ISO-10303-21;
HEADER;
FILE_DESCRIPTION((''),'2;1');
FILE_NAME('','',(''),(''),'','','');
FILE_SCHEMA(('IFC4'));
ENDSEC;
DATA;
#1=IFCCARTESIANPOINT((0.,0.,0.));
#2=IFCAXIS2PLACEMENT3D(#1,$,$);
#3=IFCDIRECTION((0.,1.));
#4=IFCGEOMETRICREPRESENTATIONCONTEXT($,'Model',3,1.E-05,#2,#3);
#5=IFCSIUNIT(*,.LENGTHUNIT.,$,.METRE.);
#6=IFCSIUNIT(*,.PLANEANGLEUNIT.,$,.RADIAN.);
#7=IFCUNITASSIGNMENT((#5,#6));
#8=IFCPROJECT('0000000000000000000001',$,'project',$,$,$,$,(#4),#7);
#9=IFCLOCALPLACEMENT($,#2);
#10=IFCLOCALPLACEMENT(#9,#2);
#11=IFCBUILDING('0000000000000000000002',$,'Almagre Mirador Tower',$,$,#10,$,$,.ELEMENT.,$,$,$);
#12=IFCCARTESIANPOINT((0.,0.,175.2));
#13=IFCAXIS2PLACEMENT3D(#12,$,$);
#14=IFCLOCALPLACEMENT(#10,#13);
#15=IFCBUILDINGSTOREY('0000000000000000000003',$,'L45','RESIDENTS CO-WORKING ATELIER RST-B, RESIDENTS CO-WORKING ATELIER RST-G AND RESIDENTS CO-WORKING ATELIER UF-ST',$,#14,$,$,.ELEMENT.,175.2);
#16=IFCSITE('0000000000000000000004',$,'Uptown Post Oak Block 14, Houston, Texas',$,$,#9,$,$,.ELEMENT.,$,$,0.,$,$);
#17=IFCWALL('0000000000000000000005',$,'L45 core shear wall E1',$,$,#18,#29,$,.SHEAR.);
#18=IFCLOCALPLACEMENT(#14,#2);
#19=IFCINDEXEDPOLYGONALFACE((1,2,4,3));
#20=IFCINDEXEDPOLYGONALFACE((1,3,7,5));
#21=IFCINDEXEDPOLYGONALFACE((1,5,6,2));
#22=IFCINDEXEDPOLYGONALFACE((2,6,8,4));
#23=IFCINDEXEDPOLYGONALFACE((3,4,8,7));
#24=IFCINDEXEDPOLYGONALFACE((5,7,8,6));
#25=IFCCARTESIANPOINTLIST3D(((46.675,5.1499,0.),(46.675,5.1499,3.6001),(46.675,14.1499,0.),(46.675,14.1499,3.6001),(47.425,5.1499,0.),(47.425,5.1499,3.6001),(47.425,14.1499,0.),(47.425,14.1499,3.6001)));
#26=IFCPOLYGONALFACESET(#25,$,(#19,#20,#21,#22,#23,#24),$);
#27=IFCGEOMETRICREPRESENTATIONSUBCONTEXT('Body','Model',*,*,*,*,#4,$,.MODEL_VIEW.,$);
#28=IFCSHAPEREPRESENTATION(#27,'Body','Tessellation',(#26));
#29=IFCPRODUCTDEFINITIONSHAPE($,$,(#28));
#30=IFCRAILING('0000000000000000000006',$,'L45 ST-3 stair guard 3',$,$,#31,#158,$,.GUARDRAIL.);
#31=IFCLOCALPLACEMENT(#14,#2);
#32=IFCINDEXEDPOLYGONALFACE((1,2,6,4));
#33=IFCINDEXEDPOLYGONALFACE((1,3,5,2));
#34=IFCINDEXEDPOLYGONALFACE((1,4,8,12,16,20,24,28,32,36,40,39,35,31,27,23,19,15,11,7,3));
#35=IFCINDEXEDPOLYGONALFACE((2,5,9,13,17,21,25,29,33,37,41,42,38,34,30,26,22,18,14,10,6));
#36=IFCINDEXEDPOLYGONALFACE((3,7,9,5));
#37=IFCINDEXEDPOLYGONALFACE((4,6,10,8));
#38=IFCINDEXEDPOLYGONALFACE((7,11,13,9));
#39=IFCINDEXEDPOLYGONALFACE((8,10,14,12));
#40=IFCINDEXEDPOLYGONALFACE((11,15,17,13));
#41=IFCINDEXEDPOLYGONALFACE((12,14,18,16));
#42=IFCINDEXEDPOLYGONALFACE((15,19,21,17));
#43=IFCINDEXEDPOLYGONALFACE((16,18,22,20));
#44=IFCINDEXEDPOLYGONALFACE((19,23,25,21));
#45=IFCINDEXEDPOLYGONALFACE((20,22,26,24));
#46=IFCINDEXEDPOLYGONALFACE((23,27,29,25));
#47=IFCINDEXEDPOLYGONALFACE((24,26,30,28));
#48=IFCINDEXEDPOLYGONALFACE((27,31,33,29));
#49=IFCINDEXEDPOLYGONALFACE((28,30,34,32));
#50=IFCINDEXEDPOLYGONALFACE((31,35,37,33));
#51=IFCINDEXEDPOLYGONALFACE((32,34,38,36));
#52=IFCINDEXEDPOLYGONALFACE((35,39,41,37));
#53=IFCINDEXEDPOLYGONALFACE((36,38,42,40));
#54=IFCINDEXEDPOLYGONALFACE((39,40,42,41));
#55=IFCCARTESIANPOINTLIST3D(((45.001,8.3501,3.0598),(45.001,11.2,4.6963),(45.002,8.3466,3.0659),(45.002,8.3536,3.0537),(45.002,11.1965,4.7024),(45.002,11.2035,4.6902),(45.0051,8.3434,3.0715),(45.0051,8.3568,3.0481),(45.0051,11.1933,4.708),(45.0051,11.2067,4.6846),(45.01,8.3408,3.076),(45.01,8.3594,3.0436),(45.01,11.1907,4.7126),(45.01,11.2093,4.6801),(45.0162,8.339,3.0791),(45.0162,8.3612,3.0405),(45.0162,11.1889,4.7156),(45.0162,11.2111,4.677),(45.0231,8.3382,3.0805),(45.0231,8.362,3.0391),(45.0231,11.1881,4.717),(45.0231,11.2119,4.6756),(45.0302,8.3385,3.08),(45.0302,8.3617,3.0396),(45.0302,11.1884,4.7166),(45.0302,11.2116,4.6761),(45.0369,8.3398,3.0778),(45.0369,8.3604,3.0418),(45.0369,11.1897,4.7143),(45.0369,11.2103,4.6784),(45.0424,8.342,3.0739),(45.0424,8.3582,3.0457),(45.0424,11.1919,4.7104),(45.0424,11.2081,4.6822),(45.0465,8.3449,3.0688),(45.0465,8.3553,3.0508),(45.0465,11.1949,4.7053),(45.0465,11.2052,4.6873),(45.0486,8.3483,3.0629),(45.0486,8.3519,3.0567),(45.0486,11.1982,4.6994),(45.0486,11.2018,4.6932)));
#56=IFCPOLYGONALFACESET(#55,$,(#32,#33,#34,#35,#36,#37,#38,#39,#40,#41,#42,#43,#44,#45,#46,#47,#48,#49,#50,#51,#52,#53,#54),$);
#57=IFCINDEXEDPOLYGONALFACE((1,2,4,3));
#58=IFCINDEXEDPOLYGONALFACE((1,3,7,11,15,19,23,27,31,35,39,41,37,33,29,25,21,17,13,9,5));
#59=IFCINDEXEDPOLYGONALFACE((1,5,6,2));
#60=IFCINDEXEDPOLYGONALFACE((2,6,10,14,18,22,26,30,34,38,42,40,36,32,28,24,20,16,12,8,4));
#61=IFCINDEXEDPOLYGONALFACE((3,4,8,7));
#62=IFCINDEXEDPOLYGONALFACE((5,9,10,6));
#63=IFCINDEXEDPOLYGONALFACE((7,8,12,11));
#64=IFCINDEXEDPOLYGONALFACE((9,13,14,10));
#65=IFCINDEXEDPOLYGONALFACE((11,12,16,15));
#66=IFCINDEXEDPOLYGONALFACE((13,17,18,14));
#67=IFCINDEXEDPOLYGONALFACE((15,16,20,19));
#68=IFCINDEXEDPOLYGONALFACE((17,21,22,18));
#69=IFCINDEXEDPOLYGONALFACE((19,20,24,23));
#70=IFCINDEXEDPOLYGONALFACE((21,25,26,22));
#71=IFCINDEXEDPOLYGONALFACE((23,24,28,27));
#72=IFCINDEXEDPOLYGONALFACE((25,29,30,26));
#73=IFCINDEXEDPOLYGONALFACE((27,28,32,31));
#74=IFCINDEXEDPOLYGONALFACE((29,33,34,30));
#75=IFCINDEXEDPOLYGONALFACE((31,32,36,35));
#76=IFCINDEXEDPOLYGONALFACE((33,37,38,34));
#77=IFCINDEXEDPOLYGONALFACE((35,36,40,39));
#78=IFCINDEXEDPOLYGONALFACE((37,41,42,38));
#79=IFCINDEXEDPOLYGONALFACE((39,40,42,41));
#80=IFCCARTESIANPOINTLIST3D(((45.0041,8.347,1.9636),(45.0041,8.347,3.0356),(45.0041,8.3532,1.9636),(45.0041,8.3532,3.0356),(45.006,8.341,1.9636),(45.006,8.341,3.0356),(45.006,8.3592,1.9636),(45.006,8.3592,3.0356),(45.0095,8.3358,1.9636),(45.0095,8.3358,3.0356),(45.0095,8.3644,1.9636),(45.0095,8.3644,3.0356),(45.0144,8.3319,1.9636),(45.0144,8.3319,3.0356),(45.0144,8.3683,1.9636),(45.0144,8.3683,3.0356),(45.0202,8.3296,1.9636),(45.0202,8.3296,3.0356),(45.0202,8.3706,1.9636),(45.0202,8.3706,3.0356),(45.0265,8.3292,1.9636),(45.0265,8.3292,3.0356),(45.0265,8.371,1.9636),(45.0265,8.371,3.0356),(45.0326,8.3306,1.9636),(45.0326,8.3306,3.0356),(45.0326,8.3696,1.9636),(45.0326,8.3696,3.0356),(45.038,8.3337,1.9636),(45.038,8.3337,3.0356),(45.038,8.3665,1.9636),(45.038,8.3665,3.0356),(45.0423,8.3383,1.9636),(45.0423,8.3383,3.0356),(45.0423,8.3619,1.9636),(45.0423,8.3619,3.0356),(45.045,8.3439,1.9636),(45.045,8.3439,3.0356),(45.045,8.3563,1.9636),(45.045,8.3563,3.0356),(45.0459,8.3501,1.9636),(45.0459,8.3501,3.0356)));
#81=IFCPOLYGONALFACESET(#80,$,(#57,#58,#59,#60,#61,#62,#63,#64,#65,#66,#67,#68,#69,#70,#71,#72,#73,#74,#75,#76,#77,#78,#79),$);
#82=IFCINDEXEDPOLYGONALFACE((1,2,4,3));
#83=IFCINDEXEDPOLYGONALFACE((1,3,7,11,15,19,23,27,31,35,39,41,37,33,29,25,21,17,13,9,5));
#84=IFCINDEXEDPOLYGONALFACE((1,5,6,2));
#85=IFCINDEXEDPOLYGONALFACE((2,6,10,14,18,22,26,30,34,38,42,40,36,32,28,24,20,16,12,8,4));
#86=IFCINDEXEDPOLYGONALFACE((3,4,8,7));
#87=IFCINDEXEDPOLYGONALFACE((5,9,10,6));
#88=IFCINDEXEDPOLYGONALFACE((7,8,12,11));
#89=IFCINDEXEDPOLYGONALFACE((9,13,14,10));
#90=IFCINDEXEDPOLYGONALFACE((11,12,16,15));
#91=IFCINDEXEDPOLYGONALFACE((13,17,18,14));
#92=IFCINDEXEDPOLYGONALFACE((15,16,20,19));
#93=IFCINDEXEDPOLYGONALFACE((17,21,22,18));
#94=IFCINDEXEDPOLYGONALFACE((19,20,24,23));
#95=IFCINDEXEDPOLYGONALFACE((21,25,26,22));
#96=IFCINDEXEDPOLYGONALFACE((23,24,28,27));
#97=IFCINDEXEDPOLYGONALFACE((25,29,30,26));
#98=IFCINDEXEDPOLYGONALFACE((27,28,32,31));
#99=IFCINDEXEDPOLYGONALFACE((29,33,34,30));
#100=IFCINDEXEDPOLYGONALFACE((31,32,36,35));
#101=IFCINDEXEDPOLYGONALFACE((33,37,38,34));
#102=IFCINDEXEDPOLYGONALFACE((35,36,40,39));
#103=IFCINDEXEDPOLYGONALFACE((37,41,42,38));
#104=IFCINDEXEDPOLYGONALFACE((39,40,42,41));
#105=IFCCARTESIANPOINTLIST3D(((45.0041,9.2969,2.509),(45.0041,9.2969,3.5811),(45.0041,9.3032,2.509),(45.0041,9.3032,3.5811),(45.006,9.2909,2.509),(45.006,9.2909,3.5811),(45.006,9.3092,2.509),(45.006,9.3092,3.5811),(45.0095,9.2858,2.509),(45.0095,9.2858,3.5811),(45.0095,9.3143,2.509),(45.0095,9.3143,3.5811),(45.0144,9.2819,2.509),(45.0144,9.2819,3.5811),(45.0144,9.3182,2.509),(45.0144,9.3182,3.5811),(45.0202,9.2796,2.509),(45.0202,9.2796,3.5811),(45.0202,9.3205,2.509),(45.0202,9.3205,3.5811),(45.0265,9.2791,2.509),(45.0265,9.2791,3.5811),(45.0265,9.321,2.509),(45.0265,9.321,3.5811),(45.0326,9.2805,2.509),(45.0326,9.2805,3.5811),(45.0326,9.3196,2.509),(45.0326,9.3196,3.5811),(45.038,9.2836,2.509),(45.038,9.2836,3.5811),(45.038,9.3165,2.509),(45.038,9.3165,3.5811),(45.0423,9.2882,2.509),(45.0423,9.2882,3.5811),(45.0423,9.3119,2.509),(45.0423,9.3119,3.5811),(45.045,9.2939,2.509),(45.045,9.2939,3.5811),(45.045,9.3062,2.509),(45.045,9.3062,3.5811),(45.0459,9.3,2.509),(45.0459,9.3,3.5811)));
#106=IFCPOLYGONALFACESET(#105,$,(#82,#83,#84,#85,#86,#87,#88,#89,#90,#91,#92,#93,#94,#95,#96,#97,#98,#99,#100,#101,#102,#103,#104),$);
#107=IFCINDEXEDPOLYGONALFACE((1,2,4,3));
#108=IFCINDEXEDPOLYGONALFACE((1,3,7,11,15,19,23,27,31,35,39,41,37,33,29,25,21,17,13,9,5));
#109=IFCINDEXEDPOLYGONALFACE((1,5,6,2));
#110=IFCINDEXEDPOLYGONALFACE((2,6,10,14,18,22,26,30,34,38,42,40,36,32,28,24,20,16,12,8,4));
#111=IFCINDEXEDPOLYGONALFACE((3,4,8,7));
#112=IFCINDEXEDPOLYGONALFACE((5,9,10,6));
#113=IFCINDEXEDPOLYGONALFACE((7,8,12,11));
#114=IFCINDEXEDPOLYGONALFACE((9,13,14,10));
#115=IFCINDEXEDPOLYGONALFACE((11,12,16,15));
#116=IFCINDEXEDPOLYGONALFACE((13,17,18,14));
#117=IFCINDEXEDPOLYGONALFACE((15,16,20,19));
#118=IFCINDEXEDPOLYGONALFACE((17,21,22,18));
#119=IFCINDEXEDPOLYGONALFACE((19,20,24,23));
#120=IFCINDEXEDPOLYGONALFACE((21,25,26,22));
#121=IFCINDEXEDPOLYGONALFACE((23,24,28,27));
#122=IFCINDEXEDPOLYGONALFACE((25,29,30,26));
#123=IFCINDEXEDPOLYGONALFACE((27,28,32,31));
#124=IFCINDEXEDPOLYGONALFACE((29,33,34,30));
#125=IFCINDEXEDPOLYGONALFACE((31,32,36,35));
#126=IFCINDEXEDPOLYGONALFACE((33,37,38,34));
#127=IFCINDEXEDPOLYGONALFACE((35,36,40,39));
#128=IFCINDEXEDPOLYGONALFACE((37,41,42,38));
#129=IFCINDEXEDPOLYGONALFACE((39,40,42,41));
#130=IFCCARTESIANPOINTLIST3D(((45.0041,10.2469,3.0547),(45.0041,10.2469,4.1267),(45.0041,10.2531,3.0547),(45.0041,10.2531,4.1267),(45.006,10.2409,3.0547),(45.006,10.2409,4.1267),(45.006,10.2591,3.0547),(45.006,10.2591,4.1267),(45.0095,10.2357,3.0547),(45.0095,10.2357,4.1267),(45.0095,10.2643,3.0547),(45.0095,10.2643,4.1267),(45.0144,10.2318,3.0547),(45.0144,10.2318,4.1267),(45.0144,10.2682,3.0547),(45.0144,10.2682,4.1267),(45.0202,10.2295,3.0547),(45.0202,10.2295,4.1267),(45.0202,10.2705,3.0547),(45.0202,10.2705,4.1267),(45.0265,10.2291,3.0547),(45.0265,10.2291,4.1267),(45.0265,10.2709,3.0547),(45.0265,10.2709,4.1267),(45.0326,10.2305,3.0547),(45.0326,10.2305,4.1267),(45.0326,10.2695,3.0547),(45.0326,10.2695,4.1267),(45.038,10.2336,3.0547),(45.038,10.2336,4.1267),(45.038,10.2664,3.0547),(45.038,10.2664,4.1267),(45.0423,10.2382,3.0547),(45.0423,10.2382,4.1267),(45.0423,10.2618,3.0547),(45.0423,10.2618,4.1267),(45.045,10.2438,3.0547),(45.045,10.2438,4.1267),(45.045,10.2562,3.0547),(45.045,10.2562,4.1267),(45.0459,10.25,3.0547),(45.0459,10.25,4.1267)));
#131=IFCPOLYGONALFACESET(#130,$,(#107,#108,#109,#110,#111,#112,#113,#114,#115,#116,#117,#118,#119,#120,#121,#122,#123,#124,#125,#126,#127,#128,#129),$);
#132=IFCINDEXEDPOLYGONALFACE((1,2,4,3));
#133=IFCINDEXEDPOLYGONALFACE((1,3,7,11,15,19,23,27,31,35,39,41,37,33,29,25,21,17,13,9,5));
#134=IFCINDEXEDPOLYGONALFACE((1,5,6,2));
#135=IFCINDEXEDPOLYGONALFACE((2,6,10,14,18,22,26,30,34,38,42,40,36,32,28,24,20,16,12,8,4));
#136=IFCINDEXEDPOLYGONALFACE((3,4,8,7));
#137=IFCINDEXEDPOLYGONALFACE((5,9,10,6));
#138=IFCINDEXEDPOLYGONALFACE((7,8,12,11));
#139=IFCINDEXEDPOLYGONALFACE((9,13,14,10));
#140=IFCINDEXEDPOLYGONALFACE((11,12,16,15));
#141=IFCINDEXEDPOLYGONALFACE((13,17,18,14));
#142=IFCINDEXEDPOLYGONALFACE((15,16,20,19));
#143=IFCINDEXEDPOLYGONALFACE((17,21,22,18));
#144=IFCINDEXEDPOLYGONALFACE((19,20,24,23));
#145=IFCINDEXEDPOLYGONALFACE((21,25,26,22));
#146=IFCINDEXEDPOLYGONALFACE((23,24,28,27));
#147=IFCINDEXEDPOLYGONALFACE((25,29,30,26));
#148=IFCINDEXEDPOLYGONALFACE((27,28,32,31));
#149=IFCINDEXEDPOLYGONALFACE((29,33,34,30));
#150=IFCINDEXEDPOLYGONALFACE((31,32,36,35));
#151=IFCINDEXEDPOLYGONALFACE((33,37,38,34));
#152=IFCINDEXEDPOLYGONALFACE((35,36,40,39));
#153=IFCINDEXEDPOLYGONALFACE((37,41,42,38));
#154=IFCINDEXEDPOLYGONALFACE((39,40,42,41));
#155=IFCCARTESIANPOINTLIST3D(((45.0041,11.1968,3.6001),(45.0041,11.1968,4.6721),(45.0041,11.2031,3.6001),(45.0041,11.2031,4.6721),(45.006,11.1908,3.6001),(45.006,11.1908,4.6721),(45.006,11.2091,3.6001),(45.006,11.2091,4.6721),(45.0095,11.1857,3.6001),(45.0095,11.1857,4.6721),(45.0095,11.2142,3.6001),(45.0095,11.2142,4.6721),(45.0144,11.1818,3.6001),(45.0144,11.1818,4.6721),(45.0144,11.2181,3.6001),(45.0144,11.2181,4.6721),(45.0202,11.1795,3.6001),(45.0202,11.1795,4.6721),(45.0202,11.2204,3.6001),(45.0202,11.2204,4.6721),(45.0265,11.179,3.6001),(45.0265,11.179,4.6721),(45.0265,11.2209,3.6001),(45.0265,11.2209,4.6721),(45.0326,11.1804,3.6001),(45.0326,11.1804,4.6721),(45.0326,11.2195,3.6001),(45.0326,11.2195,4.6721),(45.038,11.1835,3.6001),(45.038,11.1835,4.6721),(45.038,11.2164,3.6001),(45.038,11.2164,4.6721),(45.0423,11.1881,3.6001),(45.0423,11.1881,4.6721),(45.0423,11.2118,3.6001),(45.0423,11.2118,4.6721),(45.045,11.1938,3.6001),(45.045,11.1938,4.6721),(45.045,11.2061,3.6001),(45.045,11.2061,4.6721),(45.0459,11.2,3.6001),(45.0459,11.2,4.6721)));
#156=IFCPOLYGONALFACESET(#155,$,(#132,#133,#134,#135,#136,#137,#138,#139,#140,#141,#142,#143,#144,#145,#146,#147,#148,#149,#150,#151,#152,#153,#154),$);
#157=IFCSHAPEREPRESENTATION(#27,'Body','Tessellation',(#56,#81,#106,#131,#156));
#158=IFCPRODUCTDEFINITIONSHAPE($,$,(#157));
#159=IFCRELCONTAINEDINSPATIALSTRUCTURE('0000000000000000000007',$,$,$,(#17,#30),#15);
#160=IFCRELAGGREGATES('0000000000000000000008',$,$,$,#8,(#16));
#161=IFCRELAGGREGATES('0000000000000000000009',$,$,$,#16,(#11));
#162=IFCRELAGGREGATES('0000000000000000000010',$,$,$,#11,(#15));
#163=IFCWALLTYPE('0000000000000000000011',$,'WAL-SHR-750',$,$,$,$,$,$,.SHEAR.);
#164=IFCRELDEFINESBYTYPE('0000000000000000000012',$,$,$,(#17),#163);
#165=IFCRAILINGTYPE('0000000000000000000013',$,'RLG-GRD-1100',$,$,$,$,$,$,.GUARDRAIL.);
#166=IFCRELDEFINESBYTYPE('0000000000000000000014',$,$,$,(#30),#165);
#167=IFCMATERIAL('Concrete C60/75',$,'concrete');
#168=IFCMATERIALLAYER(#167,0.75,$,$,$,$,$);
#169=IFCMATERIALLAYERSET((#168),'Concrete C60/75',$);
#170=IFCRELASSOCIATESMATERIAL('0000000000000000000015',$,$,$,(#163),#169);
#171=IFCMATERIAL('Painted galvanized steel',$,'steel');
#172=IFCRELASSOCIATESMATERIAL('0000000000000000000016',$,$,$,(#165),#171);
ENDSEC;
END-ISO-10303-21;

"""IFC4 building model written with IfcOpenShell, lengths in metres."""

from ifc_helpers import new_model, si_unit, direction, frame, frame_2d, origin, origin_2d, place, context, subcontext, project, spatial, rectangle, circle, extrude, material, layer, layer_set, type_object, element, save


model = new_model("IFC4")

# Units and contexts
model_context = context("Model", 3, precision=1e-05, world=origin(), true_north=direction((0.0, 1.0)))
body_context = subcontext(model_context, "Body", "Model", "MODEL_VIEW")
ifc_project = project(units=[si_unit("LENGTHUNIT", "METRE"), si_unit("PLANEANGLEUNIT", "RADIAN")], contexts=[model_context])

# Site, building, storey
site_placement = place(None, origin())
site = spatial("IfcSite", under=ifc_project, at=site_placement, Name="Uptown Post Oak Block 14, Houston, Texas", CompositionType="ELEMENT", RefElevation=0.0)
building_placement = place(site_placement, origin())
building = spatial("IfcBuilding", under=site, at=building_placement, Name="Almagre Mirador Tower", CompositionType="ELEMENT")
storey_placement = place(building_placement, frame((0.0, 0.0, 175.2)))
storey = spatial("IfcBuildingStorey", under=building, at=storey_placement, Name="L45", Description="RESIDENTS CO-WORKING ATELIER RST-B, RESIDENTS CO-WORKING ATELIER RST-G AND RESIDENTS CO-WORKING ATELIER UF-ST", CompositionType="ELEMENT", Elevation=175.2)

# Wall
ifc_material_1 = material(Name="Concrete C60/75", Category="concrete")
ifc_layer_1 = layer(ifc_material_1, 0.75)
ifc_layer_set_1 = layer_set([ifc_layer_1], Name="Concrete C60/75")
wall_type_1 = type_object("IfcWallType", Name="WAL-SHR-750", PredefinedType="SHEAR", material=ifc_layer_set_1)
wall_1_placement = place(storey_placement, frame((47.05, 5.1499, 0.0), z_axis=(0.0, 0.0, 1.0), x_axis=(0.0, 1.0, 0.0)))
element("IfcWall", 1, at=wall_1_placement, inside=storey, type_object=wall_type_1, Name="L45 core shear wall E1", PredefinedType="SHEAR", context=body_context, shape_type="SweptSolid", body=[
    extrude(rectangle(XDim=9.0, YDim=0.75, at=frame_2d((4.5, 0.0))), origin(), (0.0, 0.0, 1.0), 3.6001),
])

# Railing
ifc_material_2 = material(Name="Painted galvanized steel", Category="steel")
railing_type = type_object("IfcRailingType", Name="RLG-GRD-1100", PredefinedType="GUARDRAIL", material=ifc_material_2)
railing_placement = place(storey_placement, frame((45.0249, 8.3501, 1.9636)))
element("IfcRailing", 2, at=railing_placement, inside=storey, type_object=railing_type, Name="L45 ST-3 stair guard 3", PredefinedType="GUARDRAIL", context=body_context, shape_type="SweptSolid", body=[
    extrude(circle(Radius=0.0239, at=origin_2d()), frame((0.0, 0.0, 1.0962), z_axis=(0.0, 0.867194, 0.49797), x_axis=(-1.0, 0.0, 0.0)), (0.0, 0.0, 1.0), 3.2864),
    extrude(circle(Radius=0.021, at=origin_2d()), origin(), (0.0, 0.0, 1.0), 1.072),
    extrude(circle(Radius=0.021, at=origin_2d()), frame((0.0, 0.95, 0.5454)), (0.0, 0.0, 1.0), 1.072),
    extrude(circle(Radius=0.021, at=origin_2d()), frame((0.0, 1.8999, 1.0911)), (0.0, 0.0, 1.0), 1.072),
    extrude(circle(Radius=0.021, at=origin_2d()), frame((0.0, 2.8499, 1.6365)), (0.0, 0.0, 1.0), 1.072),
])

save(model, "model.ifc")
